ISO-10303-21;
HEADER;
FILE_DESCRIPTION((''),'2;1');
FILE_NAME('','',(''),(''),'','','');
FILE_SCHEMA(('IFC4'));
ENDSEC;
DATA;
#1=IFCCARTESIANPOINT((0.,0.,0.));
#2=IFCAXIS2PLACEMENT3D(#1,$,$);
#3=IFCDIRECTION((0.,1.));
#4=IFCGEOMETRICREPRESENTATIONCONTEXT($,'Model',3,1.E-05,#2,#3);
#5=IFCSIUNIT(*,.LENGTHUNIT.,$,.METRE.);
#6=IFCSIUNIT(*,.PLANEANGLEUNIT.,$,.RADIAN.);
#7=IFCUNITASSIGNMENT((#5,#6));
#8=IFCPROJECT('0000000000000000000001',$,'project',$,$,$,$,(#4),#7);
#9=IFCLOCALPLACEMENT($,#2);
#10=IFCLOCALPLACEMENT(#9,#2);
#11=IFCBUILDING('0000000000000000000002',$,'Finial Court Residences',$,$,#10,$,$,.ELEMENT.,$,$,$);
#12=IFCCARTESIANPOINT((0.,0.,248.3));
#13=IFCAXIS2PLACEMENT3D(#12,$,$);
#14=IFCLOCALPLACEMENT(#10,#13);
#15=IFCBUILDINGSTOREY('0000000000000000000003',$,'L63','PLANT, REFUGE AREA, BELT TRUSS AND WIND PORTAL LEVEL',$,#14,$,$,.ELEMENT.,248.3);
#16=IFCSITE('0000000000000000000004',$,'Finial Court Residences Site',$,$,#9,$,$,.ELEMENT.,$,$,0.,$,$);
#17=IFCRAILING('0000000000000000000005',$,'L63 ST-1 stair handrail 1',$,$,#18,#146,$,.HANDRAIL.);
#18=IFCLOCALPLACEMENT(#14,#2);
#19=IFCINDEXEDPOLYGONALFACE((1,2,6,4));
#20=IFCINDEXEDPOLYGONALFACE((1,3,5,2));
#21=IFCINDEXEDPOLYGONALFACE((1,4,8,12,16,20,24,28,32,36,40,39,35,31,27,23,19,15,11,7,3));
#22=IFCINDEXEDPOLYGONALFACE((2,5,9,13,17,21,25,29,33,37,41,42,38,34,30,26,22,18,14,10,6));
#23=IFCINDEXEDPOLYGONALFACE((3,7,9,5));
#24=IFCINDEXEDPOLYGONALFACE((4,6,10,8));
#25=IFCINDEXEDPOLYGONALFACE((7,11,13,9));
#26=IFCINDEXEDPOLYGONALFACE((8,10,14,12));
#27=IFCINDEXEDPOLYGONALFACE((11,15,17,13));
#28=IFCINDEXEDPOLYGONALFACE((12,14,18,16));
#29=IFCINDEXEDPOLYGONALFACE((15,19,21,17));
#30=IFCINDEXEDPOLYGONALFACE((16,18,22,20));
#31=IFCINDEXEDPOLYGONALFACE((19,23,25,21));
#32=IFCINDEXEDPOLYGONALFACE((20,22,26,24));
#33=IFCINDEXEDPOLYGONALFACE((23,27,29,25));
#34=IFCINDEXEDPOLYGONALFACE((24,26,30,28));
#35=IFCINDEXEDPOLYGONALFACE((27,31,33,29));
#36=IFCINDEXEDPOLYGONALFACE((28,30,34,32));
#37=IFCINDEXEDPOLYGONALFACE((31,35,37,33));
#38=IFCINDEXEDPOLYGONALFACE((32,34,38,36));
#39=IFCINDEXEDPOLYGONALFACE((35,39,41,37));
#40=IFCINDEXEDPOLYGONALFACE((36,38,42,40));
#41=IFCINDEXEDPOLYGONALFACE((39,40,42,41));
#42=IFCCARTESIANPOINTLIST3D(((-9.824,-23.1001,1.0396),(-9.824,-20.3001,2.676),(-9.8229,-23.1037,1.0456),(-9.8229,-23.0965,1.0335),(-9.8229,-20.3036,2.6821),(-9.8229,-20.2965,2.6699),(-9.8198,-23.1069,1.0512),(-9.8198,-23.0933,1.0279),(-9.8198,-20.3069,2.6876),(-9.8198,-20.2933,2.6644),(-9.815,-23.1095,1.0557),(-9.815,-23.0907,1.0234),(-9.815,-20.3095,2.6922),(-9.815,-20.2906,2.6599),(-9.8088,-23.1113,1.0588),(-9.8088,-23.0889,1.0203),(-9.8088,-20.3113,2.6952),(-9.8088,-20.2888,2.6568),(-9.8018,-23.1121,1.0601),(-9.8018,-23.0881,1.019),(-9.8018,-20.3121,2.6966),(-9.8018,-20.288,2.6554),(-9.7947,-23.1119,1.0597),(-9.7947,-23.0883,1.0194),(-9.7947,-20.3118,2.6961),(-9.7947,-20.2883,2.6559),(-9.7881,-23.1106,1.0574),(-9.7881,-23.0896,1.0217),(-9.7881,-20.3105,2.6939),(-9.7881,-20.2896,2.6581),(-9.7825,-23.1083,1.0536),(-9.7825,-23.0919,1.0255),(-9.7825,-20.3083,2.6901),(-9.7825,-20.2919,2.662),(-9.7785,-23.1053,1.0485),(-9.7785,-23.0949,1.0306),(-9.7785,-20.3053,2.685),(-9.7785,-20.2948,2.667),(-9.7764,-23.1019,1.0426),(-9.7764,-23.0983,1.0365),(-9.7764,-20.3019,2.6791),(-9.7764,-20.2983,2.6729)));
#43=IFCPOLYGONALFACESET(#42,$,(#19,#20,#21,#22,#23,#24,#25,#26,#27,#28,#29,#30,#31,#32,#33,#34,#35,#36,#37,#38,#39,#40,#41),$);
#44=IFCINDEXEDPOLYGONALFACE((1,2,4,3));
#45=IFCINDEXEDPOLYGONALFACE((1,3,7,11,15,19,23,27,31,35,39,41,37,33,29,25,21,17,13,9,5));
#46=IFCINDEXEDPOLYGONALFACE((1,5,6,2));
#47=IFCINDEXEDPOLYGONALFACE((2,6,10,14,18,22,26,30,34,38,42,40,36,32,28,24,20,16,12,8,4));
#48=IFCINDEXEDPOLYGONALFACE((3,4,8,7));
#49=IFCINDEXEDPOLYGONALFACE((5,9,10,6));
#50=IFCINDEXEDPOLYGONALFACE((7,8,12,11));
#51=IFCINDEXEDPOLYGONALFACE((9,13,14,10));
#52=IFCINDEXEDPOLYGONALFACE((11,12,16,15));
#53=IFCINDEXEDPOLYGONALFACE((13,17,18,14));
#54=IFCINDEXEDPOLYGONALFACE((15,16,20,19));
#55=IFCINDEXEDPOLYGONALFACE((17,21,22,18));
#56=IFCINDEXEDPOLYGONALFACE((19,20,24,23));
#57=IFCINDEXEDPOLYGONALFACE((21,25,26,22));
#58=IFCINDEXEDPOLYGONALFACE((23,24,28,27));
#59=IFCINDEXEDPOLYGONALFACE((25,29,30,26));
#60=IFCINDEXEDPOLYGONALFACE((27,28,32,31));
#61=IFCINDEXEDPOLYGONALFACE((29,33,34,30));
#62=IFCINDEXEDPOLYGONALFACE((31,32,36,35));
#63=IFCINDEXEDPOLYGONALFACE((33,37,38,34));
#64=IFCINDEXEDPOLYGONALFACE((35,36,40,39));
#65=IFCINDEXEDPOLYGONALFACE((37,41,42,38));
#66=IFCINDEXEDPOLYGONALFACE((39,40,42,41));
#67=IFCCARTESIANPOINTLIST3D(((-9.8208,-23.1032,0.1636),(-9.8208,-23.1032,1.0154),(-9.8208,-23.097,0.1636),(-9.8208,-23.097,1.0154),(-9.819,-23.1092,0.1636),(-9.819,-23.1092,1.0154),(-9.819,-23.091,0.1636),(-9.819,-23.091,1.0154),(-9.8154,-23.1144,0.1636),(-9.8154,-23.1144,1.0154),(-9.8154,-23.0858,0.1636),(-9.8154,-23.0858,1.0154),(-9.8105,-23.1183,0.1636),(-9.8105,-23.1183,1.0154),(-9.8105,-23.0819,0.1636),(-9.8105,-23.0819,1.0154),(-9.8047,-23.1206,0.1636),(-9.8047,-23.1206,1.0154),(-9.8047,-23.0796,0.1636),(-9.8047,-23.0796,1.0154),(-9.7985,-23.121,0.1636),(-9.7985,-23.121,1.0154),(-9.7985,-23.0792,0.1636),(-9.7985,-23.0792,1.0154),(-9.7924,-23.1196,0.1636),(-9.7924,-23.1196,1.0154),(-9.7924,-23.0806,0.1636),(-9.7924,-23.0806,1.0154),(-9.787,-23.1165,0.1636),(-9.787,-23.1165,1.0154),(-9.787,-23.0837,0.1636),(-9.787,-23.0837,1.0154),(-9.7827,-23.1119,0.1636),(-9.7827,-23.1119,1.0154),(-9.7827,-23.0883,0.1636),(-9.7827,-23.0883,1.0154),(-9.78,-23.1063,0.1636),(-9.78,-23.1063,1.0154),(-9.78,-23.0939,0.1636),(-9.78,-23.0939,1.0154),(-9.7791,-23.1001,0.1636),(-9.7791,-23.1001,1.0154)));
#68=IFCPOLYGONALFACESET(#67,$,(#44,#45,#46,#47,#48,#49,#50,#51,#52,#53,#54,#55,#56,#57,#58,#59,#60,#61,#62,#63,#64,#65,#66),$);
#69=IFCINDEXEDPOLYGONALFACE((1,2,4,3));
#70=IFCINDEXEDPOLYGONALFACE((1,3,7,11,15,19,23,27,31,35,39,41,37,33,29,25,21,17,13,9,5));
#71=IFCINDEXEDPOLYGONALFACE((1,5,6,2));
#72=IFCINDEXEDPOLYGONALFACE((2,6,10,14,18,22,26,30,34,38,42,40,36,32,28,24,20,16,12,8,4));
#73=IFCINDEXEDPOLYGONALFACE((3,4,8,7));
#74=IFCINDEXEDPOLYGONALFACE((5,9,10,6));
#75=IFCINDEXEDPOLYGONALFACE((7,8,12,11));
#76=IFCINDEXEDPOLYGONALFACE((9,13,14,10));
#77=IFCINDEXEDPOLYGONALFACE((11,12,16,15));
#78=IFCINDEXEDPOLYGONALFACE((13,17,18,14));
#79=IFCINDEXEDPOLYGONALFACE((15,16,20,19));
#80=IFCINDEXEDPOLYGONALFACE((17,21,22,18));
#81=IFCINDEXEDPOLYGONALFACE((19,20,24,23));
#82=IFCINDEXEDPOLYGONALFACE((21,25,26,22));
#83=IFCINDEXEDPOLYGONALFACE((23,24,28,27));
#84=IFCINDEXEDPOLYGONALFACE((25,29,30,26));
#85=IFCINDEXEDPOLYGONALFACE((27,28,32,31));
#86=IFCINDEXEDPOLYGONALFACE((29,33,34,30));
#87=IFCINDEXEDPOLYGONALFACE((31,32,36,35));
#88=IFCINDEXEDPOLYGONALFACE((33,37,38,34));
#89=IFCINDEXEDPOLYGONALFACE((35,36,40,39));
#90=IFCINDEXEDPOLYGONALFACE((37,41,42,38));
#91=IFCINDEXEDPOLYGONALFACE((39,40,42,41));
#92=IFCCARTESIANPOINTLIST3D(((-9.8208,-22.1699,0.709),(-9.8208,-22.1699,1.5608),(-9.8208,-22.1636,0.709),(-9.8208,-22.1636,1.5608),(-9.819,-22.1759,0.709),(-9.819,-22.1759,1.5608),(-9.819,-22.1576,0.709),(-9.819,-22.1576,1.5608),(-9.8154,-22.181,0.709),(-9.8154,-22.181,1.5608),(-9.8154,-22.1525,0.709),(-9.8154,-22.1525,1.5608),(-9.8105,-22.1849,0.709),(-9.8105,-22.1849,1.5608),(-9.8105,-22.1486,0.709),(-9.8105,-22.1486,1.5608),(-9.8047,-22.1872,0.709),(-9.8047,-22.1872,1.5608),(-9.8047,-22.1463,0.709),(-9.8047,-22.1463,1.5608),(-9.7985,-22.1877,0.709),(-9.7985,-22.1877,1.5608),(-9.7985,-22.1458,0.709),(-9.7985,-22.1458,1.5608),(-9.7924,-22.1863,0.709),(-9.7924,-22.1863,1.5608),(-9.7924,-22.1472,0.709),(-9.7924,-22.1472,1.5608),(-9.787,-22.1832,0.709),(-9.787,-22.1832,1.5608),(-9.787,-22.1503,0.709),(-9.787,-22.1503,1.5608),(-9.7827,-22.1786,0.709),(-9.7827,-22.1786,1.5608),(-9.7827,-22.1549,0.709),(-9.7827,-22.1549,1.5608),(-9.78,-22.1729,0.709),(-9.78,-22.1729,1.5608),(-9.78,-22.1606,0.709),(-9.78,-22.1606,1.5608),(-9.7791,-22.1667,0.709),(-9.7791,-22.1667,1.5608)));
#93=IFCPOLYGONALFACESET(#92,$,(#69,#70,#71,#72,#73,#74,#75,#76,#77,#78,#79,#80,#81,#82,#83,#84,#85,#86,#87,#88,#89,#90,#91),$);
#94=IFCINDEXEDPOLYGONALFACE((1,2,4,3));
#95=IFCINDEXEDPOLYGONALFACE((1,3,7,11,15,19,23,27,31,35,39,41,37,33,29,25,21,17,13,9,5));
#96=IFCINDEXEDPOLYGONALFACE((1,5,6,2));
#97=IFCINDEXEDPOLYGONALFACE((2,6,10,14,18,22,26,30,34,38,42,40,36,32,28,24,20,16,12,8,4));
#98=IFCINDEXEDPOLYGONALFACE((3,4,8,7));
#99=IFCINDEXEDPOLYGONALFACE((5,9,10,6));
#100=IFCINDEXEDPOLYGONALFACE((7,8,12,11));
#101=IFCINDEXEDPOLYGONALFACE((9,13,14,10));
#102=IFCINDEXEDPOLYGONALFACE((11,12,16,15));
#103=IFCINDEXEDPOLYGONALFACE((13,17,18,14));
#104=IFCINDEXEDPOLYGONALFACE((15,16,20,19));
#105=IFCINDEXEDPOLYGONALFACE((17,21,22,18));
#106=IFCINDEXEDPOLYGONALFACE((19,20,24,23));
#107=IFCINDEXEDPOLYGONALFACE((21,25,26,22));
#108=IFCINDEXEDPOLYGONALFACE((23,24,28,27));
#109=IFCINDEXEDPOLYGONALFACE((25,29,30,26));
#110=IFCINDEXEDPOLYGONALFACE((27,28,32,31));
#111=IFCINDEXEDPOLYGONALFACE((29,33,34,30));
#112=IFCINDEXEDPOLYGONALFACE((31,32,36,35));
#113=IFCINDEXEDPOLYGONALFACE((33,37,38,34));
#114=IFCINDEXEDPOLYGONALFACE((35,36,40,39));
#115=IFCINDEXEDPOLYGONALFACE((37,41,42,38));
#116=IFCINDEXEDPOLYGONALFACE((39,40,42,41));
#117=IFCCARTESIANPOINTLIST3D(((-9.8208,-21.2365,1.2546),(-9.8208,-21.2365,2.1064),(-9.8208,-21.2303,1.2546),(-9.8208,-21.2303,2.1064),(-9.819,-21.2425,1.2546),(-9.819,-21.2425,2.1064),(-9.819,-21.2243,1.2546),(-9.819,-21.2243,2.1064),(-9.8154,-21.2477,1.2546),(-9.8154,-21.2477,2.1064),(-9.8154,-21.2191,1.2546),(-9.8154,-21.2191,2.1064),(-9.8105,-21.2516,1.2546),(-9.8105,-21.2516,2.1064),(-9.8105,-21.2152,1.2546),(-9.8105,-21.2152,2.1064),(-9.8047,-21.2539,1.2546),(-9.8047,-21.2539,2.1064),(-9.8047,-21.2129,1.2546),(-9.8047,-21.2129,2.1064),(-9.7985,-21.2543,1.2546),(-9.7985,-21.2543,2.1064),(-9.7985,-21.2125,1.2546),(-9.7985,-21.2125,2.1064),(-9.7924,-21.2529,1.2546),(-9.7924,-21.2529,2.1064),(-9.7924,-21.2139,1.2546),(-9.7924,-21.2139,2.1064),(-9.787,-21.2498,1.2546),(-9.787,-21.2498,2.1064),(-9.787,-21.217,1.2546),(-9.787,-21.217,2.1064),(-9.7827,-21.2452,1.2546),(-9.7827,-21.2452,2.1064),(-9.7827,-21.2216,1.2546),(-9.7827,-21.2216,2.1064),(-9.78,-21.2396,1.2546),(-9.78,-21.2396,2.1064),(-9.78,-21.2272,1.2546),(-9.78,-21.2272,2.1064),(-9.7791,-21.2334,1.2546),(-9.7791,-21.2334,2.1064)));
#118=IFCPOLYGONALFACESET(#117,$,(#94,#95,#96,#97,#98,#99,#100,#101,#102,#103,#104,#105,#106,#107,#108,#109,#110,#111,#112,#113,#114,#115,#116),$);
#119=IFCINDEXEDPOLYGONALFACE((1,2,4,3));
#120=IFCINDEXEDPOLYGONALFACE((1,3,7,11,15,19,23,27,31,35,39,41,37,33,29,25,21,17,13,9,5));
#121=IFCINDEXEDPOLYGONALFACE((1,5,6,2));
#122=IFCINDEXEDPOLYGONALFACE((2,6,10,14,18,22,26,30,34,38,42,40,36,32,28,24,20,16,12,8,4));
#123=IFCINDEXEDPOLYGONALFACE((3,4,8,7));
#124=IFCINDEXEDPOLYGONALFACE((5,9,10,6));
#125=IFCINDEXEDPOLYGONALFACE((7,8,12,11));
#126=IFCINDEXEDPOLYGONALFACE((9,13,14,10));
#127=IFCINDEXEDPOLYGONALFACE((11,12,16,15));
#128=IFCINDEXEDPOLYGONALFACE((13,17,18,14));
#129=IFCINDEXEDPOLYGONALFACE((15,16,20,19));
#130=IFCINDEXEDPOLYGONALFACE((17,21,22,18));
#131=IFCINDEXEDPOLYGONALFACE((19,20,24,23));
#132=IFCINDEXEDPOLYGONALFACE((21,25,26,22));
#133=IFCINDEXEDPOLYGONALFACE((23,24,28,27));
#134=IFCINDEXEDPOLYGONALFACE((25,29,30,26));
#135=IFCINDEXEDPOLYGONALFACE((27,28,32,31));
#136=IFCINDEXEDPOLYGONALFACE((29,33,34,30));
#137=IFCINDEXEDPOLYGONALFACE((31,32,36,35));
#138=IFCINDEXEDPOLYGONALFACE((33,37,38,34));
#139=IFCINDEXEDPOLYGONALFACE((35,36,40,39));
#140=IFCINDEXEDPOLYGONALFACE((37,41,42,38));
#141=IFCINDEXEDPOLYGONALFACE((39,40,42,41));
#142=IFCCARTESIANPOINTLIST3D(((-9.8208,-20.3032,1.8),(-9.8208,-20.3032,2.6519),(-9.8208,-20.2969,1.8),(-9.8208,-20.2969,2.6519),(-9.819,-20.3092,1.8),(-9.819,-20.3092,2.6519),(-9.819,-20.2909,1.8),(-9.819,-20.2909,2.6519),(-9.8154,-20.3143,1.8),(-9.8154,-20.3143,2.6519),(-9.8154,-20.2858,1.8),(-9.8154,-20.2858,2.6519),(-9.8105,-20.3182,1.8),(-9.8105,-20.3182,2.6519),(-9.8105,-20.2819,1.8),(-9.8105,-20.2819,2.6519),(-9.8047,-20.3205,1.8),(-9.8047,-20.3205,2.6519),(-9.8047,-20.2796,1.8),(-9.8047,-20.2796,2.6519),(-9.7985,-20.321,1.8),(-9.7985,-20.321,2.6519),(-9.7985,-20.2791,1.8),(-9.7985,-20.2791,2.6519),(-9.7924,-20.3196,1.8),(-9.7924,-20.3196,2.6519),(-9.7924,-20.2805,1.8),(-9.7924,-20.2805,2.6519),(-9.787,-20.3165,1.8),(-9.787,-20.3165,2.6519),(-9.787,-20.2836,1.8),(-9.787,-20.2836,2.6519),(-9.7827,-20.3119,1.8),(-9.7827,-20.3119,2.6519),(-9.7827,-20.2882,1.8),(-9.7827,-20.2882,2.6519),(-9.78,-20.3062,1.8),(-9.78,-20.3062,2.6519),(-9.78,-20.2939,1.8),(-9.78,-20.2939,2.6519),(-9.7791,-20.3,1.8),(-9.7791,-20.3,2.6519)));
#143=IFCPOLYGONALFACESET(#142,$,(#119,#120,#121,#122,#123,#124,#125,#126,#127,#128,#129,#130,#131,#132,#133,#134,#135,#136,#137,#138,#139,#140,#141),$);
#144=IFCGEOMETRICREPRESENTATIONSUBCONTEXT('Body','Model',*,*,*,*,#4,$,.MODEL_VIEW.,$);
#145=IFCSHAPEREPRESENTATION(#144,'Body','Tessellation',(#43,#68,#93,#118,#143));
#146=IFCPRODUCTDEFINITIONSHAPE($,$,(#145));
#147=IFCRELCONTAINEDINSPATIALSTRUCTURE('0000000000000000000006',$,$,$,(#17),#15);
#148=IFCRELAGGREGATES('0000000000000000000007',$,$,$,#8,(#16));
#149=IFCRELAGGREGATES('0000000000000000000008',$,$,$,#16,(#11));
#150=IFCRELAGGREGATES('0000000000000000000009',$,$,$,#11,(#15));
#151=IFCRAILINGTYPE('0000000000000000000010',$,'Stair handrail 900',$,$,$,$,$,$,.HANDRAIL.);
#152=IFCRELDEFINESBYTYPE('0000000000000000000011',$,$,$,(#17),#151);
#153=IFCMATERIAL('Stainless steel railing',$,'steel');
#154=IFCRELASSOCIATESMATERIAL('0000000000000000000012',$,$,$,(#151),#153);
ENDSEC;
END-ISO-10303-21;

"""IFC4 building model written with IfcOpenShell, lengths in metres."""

from ifc_helpers import new_model, si_unit, direction, frame, origin, origin_2d, place, context, subcontext, project, spatial, circle, extrude, material, type_object, element, save


model = new_model("IFC4")

# Units and contexts
model_context = context("Model", 3, precision=1e-05, world=origin(), true_north=direction((0.0, 1.0)))
body_context = subcontext(model_context, "Body", "Model", "MODEL_VIEW")
ifc_project = project(units=[si_unit("LENGTHUNIT", "METRE"), si_unit("PLANEANGLEUNIT", "RADIAN")], contexts=[model_context])

# Site, building, storey
site_placement = place(None, origin())
site = spatial("IfcSite", under=ifc_project, at=site_placement, Name="Finial Court Residences Site", CompositionType="ELEMENT", RefElevation=0.0)
building_placement = place(site_placement, origin())
building = spatial("IfcBuilding", under=site, at=building_placement, Name="Finial Court Residences", CompositionType="ELEMENT")
storey_placement = place(building_placement, frame((0.0, 0.0, 248.3)))
storey = spatial("IfcBuildingStorey", under=building, at=storey_placement, Name="L63", Description="PLANT, REFUGE AREA, BELT TRUSS AND WIND PORTAL LEVEL", CompositionType="ELEMENT", Elevation=248.3)

# Railing
ifc_material_1 = material(Name="Stainless steel railing", Category="steel")
railing_type_1 = type_object("IfcRailingType", Name="Stair handrail 900", PredefinedType="HANDRAIL", material=ifc_material_1)
railing_1_placement = place(storey_placement, frame((-9.8, -23.1001, 0.1636)))
element("IfcRailing", 1, at=railing_1_placement, inside=storey, type_object=railing_type_1, Name="L63 ST-1 stair handrail 1", PredefinedType="HANDRAIL", context=body_context, shape_type="SweptSolid", body=[
    extrude(circle(Radius=0.0239, at=origin_2d()), frame((0.0, 0.0, 0.876), z_axis=(0.0, 0.863361, 0.504587), x_axis=(-1.0, 0.0, 0.0)), (0.0, 0.0, 1.0), 3.2432),
    extrude(circle(Radius=0.021, at=origin_2d()), origin(), (0.0, 0.0, 1.0), 0.8518),
    extrude(circle(Radius=0.021, at=origin_2d()), frame((0.0, 0.9333, 0.5454)), (0.0, 0.0, 1.0), 0.8518),
    extrude(circle(Radius=0.021, at=origin_2d()), frame((0.0, 1.8667, 1.0911)), (0.0, 0.0, 1.0), 0.8518),
    extrude(circle(Radius=0.021, at=origin_2d()), frame((0.0, 2.8, 1.6365)), (0.0, 0.0, 1.0), 0.8518),
])

save(model, "model.ifc")
